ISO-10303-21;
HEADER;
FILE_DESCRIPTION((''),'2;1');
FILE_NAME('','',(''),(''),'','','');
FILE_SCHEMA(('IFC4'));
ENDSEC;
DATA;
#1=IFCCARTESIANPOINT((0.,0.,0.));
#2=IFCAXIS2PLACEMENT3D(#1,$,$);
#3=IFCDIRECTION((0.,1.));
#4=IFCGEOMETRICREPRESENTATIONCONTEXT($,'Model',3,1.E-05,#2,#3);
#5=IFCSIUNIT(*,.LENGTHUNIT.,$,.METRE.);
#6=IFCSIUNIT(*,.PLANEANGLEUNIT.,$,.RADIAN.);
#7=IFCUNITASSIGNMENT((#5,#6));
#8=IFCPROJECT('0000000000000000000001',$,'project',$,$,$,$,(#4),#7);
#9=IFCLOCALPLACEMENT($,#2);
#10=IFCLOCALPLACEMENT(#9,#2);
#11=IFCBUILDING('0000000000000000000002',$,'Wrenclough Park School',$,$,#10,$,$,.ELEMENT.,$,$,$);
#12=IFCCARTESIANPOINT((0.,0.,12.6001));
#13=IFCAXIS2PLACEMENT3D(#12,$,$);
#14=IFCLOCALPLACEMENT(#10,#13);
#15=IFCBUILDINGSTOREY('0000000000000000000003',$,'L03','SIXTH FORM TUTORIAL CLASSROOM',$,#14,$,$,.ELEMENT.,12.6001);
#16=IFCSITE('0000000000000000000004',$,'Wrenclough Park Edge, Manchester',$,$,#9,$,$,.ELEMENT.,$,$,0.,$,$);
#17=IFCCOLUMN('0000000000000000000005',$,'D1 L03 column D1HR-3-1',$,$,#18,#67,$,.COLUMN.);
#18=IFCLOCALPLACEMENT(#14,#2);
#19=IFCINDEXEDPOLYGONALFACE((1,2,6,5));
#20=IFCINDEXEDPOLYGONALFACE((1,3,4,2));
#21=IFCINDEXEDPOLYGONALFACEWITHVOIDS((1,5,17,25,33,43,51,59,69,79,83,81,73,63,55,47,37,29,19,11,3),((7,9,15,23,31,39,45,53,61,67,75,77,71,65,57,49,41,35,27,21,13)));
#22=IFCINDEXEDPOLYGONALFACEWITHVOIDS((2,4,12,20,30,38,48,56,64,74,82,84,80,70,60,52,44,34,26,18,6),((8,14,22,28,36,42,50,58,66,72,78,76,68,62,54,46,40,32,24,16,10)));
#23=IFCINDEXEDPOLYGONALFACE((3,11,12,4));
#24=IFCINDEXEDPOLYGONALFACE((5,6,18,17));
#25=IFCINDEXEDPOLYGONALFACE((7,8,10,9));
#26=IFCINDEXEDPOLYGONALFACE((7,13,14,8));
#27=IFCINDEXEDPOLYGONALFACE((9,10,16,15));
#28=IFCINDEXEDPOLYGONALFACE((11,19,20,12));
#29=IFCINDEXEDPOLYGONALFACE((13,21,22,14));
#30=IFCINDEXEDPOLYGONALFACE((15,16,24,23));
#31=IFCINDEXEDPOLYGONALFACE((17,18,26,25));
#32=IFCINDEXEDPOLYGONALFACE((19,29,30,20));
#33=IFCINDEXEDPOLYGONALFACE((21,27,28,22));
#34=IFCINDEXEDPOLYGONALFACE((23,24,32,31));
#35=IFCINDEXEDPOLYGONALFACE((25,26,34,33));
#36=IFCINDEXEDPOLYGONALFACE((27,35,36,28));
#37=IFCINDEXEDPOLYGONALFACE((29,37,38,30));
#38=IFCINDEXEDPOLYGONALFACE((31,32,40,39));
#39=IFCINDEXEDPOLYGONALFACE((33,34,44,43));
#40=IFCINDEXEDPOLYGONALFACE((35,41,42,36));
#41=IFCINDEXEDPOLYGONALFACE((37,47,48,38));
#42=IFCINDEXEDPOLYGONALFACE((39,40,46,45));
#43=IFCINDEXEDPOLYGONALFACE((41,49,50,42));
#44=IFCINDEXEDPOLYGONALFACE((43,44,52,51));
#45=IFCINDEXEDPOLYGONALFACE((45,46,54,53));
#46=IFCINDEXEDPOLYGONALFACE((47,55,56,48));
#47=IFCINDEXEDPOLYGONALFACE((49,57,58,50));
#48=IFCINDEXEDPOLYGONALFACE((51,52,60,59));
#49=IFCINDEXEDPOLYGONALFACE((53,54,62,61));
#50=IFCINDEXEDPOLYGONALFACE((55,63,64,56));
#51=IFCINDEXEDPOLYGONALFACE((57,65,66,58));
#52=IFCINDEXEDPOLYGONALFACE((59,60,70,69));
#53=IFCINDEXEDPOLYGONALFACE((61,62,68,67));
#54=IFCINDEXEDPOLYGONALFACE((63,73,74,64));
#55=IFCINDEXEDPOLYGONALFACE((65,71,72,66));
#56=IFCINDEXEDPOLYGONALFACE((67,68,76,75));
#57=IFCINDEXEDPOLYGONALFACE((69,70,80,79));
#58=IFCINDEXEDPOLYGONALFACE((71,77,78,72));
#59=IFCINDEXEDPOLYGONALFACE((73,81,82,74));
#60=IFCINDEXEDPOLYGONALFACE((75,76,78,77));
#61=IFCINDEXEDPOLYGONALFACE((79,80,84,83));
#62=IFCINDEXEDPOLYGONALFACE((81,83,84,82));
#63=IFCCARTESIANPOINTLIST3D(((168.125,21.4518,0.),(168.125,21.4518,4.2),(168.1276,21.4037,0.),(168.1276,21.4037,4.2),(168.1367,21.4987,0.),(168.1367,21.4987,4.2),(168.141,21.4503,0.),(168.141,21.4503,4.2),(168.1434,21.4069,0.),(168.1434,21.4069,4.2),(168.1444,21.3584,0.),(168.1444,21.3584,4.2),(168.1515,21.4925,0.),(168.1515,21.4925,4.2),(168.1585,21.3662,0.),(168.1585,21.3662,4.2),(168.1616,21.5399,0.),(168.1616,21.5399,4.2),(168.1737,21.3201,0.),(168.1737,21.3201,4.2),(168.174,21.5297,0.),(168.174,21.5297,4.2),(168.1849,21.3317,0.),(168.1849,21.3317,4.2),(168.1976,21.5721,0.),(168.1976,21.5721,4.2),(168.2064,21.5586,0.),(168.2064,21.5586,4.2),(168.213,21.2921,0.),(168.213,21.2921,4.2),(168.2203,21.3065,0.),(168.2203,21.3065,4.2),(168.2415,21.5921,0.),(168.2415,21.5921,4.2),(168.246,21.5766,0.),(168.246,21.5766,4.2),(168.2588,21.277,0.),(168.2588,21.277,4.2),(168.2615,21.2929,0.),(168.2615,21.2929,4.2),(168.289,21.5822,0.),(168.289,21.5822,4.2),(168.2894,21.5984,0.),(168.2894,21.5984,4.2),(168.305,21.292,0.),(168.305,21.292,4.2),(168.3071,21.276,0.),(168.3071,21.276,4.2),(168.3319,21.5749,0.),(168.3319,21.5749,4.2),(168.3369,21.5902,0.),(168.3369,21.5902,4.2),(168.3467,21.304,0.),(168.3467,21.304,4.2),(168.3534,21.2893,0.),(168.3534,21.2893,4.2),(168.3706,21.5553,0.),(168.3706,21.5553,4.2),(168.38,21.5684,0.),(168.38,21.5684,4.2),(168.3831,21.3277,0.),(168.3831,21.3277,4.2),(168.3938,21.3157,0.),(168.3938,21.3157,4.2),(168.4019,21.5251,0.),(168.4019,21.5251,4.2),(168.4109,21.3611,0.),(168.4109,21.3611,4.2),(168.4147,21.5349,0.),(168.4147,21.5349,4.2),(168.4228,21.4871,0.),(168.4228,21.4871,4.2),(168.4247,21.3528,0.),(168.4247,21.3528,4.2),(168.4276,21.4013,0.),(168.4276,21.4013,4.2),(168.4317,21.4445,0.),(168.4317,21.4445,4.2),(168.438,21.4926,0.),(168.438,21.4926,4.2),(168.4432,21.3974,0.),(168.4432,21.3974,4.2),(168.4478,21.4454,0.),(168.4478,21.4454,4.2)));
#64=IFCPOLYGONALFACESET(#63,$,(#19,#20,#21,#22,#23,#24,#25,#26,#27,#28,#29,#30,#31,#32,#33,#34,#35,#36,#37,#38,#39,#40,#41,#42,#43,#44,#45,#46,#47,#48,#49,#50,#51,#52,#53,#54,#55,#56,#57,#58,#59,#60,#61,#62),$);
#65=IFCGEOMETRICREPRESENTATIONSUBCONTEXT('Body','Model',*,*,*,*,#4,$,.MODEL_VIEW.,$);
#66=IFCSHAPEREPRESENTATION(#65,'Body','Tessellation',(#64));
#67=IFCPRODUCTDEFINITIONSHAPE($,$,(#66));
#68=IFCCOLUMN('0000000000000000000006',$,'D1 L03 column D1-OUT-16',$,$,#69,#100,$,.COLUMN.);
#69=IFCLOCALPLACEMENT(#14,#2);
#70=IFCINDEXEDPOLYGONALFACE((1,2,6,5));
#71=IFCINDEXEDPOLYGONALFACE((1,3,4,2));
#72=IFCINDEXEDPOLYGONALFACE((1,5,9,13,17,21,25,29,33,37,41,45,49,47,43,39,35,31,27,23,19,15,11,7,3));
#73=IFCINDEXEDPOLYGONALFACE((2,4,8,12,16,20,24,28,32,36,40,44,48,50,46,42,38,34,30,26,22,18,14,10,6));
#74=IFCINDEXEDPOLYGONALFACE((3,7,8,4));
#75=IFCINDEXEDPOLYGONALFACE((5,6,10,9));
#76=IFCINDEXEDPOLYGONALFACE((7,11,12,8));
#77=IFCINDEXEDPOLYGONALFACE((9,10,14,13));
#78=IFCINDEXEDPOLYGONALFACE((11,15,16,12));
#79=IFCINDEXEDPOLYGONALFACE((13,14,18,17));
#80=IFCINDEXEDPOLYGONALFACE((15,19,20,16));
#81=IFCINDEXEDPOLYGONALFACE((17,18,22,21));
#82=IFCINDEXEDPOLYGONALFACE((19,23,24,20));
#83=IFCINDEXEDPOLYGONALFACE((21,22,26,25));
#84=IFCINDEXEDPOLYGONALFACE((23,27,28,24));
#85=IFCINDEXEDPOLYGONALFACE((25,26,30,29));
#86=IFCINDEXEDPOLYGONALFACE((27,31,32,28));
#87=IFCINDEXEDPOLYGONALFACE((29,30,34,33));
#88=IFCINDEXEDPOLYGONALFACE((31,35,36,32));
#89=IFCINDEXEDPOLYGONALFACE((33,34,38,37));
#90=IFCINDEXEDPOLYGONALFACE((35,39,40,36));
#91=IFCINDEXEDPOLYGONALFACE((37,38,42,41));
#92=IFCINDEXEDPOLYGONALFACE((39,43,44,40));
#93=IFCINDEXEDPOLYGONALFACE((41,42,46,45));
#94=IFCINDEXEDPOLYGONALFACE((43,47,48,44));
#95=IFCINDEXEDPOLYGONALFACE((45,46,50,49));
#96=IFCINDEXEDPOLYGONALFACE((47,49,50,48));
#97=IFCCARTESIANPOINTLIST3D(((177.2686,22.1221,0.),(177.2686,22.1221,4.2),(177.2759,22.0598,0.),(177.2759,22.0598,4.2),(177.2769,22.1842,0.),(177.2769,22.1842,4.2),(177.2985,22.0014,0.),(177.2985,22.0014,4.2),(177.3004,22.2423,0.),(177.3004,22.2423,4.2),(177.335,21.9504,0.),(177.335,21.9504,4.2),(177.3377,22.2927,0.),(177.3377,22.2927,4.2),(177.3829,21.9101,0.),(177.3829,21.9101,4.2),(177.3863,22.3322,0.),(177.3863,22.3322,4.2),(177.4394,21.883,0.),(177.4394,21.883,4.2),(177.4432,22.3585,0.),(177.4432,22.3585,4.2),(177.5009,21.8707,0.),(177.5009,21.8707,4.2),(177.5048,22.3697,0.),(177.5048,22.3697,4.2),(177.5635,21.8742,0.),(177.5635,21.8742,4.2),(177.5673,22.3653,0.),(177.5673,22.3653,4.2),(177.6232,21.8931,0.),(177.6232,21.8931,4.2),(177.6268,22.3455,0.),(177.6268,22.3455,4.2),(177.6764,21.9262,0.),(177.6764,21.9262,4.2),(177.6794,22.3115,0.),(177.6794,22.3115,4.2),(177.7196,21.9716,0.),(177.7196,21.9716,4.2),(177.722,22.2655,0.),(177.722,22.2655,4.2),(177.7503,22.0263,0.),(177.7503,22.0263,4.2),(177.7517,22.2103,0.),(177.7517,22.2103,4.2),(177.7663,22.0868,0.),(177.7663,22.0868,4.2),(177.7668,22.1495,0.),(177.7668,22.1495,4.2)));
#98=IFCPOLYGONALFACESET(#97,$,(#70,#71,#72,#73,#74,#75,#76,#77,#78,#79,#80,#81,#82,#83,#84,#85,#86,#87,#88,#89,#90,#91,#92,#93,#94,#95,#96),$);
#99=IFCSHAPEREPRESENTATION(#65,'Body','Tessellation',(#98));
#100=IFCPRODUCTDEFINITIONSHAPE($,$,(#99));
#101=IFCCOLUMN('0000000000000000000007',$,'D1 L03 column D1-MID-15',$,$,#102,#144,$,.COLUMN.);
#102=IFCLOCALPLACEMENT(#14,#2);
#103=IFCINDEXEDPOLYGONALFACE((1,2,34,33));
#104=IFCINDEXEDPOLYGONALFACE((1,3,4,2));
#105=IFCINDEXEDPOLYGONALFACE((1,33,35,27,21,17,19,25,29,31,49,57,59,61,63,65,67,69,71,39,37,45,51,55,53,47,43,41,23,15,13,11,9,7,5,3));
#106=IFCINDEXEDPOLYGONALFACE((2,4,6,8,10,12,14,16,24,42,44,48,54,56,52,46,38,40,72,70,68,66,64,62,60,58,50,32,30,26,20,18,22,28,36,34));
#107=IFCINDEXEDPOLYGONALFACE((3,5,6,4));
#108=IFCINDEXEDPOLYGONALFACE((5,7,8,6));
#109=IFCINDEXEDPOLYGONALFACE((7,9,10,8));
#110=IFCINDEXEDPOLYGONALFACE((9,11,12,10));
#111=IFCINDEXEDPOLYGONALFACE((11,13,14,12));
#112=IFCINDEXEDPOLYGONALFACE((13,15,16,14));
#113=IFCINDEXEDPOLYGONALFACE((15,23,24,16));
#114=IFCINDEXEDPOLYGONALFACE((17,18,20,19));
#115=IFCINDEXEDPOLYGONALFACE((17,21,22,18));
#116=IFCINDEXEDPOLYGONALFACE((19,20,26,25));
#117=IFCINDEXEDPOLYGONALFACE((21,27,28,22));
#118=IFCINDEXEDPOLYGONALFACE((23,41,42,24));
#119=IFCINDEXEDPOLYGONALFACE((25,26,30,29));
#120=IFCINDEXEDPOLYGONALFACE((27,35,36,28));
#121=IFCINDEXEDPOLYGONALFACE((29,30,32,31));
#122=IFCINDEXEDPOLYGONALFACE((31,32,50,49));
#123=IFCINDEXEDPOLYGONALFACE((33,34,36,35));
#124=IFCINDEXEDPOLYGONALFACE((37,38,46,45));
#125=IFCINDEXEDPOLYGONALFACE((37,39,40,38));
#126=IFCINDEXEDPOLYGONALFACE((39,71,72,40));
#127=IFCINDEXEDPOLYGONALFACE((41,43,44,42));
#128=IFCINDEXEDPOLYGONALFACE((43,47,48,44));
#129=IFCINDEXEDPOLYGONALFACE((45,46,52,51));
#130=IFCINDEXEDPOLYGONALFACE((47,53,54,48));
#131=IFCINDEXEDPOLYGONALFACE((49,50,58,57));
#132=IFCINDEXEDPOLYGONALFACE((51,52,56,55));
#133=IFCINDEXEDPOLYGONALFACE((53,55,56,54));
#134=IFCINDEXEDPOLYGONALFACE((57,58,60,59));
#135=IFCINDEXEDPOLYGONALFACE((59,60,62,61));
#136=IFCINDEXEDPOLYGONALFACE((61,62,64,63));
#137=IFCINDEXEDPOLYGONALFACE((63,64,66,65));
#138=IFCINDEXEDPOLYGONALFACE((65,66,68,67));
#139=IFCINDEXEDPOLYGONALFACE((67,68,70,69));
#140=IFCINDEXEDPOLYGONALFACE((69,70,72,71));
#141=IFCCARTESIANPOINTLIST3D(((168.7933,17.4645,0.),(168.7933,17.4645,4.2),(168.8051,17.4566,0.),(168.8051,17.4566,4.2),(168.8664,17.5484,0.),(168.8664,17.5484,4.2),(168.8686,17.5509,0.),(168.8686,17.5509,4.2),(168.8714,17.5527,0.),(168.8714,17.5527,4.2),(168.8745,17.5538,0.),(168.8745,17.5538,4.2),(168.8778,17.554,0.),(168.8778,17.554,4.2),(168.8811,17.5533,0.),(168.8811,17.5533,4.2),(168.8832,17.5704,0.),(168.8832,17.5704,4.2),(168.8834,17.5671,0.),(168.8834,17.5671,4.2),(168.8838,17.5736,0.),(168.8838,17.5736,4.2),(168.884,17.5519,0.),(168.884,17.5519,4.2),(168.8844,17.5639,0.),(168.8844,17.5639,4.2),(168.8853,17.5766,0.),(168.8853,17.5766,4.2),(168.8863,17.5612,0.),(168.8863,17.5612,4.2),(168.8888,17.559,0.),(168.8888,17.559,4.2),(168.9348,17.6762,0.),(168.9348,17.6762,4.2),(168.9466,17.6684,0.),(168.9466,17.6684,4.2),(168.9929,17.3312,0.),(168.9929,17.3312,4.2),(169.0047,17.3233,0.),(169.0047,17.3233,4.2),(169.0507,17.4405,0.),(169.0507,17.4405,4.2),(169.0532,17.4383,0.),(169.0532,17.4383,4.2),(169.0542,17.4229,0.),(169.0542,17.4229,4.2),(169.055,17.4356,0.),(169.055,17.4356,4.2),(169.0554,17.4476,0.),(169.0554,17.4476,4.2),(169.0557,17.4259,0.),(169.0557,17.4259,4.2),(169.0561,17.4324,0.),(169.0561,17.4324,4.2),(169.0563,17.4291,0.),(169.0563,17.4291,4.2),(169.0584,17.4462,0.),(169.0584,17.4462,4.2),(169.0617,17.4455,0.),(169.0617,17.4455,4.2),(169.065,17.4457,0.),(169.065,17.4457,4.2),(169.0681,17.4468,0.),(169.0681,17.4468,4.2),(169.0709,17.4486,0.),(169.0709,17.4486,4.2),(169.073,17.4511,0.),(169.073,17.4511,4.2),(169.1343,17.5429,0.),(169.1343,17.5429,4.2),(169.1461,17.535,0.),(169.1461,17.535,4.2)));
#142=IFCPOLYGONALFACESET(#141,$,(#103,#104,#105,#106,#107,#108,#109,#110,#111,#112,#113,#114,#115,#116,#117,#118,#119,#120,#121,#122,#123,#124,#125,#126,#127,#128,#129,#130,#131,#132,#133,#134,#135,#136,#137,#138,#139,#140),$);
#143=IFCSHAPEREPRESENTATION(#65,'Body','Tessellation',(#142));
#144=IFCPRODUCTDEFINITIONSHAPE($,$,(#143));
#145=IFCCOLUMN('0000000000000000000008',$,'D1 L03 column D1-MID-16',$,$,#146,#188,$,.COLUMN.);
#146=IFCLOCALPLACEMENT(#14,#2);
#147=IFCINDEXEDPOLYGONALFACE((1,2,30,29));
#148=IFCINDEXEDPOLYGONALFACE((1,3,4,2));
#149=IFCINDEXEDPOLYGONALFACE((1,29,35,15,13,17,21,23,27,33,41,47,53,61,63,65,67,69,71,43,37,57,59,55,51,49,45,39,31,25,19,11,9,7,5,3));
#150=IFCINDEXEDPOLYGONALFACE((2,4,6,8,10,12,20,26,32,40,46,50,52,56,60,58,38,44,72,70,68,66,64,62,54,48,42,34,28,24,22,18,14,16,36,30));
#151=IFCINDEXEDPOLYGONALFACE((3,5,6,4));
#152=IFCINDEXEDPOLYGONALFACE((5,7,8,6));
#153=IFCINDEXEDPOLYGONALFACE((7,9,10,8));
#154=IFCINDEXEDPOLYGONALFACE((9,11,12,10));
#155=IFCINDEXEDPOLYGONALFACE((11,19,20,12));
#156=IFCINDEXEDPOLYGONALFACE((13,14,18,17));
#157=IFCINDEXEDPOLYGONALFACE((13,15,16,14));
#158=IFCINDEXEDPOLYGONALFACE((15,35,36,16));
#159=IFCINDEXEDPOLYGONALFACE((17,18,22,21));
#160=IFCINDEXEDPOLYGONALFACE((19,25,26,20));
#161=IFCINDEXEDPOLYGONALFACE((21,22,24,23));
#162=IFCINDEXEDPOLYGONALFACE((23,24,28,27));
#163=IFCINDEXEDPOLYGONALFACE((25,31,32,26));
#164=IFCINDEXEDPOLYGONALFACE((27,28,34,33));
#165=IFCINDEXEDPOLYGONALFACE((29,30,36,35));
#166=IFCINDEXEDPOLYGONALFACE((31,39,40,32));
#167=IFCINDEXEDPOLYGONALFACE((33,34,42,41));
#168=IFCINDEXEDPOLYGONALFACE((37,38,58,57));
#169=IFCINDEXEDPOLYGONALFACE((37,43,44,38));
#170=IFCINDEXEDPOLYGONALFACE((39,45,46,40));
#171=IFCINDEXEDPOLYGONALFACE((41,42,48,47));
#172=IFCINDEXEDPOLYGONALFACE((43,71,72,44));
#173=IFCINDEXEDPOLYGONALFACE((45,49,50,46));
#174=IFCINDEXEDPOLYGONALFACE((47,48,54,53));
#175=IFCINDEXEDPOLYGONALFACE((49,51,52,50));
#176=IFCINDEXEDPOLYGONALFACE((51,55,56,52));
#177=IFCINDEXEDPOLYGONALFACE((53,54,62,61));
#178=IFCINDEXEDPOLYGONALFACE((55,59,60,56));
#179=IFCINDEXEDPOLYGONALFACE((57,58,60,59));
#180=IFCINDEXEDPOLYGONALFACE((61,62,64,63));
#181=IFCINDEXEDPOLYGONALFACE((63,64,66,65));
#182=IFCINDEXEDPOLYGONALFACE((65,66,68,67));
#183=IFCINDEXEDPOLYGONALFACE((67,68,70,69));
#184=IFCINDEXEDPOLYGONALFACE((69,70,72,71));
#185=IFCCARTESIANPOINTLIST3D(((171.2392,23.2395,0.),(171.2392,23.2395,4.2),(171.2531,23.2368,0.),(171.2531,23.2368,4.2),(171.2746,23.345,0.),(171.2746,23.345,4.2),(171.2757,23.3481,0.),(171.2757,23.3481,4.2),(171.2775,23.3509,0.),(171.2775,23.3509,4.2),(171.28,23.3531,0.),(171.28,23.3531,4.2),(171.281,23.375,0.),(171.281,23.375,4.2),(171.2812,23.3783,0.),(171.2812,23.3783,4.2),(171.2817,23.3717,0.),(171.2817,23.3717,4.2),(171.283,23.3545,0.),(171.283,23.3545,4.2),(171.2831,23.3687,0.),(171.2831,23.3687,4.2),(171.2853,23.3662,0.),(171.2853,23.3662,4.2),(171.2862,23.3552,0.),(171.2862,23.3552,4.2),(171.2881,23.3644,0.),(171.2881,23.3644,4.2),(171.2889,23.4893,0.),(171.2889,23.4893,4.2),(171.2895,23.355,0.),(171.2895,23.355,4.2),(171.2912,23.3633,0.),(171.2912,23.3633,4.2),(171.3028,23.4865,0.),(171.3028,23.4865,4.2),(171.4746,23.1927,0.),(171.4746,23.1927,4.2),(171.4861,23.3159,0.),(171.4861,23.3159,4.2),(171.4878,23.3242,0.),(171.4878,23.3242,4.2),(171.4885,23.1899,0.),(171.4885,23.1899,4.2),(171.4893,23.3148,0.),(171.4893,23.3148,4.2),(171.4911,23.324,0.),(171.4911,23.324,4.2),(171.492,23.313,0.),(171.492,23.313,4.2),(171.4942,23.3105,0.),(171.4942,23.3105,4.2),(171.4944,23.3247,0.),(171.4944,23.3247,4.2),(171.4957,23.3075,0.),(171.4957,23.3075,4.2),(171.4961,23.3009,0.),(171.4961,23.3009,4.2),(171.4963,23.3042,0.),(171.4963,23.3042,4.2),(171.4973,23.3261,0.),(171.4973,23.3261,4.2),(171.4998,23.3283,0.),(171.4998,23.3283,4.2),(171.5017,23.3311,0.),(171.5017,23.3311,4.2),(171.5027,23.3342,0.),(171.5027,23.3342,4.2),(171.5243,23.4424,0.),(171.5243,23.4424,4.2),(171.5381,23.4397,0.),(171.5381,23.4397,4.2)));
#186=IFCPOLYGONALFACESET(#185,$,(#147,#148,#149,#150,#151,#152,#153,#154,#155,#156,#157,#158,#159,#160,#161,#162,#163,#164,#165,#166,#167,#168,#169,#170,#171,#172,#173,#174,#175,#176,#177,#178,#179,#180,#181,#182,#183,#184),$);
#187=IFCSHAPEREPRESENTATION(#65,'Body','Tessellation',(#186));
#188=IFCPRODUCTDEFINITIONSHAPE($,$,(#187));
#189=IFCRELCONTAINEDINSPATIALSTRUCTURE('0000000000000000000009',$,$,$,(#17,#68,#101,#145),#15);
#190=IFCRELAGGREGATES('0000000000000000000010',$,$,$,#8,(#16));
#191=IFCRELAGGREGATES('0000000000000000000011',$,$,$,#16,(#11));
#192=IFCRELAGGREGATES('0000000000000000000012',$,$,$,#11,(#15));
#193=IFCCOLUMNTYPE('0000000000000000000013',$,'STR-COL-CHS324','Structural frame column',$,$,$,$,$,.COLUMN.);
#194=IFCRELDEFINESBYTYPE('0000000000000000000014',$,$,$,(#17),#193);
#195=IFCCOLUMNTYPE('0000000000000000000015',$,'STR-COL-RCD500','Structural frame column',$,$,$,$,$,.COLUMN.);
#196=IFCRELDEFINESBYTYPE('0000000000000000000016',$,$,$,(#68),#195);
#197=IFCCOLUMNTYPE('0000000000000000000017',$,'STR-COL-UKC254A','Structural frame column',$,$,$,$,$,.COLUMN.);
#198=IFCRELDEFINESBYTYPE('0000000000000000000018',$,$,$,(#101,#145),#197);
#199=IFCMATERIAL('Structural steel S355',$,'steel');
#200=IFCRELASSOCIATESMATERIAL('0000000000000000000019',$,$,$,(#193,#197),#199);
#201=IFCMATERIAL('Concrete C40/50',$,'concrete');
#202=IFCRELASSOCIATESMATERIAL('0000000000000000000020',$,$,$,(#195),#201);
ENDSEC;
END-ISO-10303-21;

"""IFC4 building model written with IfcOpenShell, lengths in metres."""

from ifc_helpers import new_model, si_unit, direction, frame, origin, origin_2d, place, context, subcontext, project, spatial, circle, hollow_circle, i_section, extrude, material, material_profile, profile_set, type_object, element, save


model = new_model("IFC4")

# Units and contexts
model_context = context("Model", 3, precision=1e-05, world=origin(), true_north=direction((0.0, 1.0)))
body_context = subcontext(model_context, "Body", "Model", "MODEL_VIEW")
ifc_project = project(units=[si_unit("LENGTHUNIT", "METRE"), si_unit("PLANEANGLEUNIT", "RADIAN")], contexts=[model_context])

# Site, building, storey
site_placement = place(None, origin())
site = spatial("IfcSite", under=ifc_project, at=site_placement, Name="Wrenclough Park Edge, Manchester", CompositionType="ELEMENT", RefElevation=0.0)
building_placement = place(site_placement, origin())
building = spatial("IfcBuilding", under=site, at=building_placement, Name="Wrenclough Park School", CompositionType="ELEMENT")
storey_placement = place(building_placement, frame((0.0, 0.0, 12.6001)))
storey = spatial("IfcBuildingStorey", under=building, at=storey_placement, Name="L03", Description="SIXTH FORM TUTORIAL CLASSROOM", CompositionType="ELEMENT", Elevation=12.6001)

# Columns
ifc_material_1 = material(Name="Structural steel S355", Category="steel")
ifc_material_profile_1 = material_profile(ifc_material_1, hollow_circle(Radius=0.1619, WallThickness=0.0161, at=origin_2d()), Name="CHS 323.9x16.0")
ifc_profile_set_1 = profile_set([ifc_material_profile_1], Name="Structural steel S355")
column_type_1 = type_object("IfcColumnType", Name="STR-COL-CHS324", Description="Structural frame column", PredefinedType="COLUMN", material=ifc_profile_set_1)
column_1_placement = place(storey_placement, frame((168.2861, 21.4365, 0.0), z_axis=(0.0, 0.0, 1.0), x_axis=(0.970296, -0.241922, 0.0)))
element("IfcColumn", 1, at=column_1_placement, inside=storey, type_object=column_type_1, Name="D1 L03 column D1HR-3-1", PredefinedType="COLUMN", context=body_context, shape_type="SweptSolid", body=[
    extrude(hollow_circle(Radius=0.1619, WallThickness=0.0161, at=origin_2d()), origin(), (0.0, 0.0, 1.0), 4.2),
])
ifc_material_2 = material(Name="Concrete C40/50", Category="concrete")
ifc_material_profile_2 = material_profile(ifc_material_2, circle(Radius=0.25, at=origin_2d()), Name="RC COL D500")
ifc_profile_set_2 = profile_set([ifc_material_profile_2], Name="Concrete C40/50")
column_type_2 = type_object("IfcColumnType", Name="STR-COL-RCD500", Description="Structural frame column", PredefinedType="COLUMN", material=ifc_profile_set_2)
column_2_placement = place(storey_placement, frame((177.5186, 22.1201, 0.0), z_axis=(0.0, 0.0, 1.0), x_axis=(0.19509, 0.980785, 0.0)))
element("IfcColumn", 2, at=column_2_placement, inside=storey, type_object=column_type_2, Name="D1 L03 column D1-OUT-16", PredefinedType="COLUMN", context=body_context, shape_type="SweptSolid", body=[
    extrude(circle(Radius=0.25, at=origin_2d()), origin(), (0.0, 0.0, 1.0), 4.2),
])
ifc_material_profile_3 = material_profile(ifc_material_1, i_section(OverallWidth=0.2546, OverallDepth=0.2542, WebThickness=0.0085, FlangeThickness=0.0142, FilletRadius=0.0127, at=origin_2d()), Name="UKC 254x254x73")
ifc_profile_set_3 = profile_set([ifc_material_profile_3], Name="Structural steel S355")
column_type_3 = type_object("IfcColumnType", Name="STR-COL-UKC254A", Description="Structural frame column", PredefinedType="COLUMN", material=ifc_profile_set_3)
for number, where, z_axis, x_axis, name in (
    (3, (168.9697, 17.4998, 0.0), (0.0, 0.0, 1.0), (0.55557, 0.83147, 0.0), "D1 L03 column D1-MID-15"),
    (4, (171.3887, 23.3396, 0.0), (0.0, 0.0, 1.0), (0.19509, 0.980785, 0.0), "D1 L03 column D1-MID-16"),
):
    element("IfcColumn", number, at=place(storey_placement, frame(where, z_axis=z_axis, x_axis=x_axis)), inside=storey, type_object=column_type_3, Name=name, PredefinedType="COLUMN", context=body_context, shape_type="SweptSolid", body=[
        extrude(i_section(OverallWidth=0.2546, OverallDepth=0.2542, WebThickness=0.0085, FlangeThickness=0.0142, FilletRadius=0.0127, at=origin_2d()), origin(), (0.0, 0.0, 1.0), 4.2),
    ])

save(model, "model.ifc")
